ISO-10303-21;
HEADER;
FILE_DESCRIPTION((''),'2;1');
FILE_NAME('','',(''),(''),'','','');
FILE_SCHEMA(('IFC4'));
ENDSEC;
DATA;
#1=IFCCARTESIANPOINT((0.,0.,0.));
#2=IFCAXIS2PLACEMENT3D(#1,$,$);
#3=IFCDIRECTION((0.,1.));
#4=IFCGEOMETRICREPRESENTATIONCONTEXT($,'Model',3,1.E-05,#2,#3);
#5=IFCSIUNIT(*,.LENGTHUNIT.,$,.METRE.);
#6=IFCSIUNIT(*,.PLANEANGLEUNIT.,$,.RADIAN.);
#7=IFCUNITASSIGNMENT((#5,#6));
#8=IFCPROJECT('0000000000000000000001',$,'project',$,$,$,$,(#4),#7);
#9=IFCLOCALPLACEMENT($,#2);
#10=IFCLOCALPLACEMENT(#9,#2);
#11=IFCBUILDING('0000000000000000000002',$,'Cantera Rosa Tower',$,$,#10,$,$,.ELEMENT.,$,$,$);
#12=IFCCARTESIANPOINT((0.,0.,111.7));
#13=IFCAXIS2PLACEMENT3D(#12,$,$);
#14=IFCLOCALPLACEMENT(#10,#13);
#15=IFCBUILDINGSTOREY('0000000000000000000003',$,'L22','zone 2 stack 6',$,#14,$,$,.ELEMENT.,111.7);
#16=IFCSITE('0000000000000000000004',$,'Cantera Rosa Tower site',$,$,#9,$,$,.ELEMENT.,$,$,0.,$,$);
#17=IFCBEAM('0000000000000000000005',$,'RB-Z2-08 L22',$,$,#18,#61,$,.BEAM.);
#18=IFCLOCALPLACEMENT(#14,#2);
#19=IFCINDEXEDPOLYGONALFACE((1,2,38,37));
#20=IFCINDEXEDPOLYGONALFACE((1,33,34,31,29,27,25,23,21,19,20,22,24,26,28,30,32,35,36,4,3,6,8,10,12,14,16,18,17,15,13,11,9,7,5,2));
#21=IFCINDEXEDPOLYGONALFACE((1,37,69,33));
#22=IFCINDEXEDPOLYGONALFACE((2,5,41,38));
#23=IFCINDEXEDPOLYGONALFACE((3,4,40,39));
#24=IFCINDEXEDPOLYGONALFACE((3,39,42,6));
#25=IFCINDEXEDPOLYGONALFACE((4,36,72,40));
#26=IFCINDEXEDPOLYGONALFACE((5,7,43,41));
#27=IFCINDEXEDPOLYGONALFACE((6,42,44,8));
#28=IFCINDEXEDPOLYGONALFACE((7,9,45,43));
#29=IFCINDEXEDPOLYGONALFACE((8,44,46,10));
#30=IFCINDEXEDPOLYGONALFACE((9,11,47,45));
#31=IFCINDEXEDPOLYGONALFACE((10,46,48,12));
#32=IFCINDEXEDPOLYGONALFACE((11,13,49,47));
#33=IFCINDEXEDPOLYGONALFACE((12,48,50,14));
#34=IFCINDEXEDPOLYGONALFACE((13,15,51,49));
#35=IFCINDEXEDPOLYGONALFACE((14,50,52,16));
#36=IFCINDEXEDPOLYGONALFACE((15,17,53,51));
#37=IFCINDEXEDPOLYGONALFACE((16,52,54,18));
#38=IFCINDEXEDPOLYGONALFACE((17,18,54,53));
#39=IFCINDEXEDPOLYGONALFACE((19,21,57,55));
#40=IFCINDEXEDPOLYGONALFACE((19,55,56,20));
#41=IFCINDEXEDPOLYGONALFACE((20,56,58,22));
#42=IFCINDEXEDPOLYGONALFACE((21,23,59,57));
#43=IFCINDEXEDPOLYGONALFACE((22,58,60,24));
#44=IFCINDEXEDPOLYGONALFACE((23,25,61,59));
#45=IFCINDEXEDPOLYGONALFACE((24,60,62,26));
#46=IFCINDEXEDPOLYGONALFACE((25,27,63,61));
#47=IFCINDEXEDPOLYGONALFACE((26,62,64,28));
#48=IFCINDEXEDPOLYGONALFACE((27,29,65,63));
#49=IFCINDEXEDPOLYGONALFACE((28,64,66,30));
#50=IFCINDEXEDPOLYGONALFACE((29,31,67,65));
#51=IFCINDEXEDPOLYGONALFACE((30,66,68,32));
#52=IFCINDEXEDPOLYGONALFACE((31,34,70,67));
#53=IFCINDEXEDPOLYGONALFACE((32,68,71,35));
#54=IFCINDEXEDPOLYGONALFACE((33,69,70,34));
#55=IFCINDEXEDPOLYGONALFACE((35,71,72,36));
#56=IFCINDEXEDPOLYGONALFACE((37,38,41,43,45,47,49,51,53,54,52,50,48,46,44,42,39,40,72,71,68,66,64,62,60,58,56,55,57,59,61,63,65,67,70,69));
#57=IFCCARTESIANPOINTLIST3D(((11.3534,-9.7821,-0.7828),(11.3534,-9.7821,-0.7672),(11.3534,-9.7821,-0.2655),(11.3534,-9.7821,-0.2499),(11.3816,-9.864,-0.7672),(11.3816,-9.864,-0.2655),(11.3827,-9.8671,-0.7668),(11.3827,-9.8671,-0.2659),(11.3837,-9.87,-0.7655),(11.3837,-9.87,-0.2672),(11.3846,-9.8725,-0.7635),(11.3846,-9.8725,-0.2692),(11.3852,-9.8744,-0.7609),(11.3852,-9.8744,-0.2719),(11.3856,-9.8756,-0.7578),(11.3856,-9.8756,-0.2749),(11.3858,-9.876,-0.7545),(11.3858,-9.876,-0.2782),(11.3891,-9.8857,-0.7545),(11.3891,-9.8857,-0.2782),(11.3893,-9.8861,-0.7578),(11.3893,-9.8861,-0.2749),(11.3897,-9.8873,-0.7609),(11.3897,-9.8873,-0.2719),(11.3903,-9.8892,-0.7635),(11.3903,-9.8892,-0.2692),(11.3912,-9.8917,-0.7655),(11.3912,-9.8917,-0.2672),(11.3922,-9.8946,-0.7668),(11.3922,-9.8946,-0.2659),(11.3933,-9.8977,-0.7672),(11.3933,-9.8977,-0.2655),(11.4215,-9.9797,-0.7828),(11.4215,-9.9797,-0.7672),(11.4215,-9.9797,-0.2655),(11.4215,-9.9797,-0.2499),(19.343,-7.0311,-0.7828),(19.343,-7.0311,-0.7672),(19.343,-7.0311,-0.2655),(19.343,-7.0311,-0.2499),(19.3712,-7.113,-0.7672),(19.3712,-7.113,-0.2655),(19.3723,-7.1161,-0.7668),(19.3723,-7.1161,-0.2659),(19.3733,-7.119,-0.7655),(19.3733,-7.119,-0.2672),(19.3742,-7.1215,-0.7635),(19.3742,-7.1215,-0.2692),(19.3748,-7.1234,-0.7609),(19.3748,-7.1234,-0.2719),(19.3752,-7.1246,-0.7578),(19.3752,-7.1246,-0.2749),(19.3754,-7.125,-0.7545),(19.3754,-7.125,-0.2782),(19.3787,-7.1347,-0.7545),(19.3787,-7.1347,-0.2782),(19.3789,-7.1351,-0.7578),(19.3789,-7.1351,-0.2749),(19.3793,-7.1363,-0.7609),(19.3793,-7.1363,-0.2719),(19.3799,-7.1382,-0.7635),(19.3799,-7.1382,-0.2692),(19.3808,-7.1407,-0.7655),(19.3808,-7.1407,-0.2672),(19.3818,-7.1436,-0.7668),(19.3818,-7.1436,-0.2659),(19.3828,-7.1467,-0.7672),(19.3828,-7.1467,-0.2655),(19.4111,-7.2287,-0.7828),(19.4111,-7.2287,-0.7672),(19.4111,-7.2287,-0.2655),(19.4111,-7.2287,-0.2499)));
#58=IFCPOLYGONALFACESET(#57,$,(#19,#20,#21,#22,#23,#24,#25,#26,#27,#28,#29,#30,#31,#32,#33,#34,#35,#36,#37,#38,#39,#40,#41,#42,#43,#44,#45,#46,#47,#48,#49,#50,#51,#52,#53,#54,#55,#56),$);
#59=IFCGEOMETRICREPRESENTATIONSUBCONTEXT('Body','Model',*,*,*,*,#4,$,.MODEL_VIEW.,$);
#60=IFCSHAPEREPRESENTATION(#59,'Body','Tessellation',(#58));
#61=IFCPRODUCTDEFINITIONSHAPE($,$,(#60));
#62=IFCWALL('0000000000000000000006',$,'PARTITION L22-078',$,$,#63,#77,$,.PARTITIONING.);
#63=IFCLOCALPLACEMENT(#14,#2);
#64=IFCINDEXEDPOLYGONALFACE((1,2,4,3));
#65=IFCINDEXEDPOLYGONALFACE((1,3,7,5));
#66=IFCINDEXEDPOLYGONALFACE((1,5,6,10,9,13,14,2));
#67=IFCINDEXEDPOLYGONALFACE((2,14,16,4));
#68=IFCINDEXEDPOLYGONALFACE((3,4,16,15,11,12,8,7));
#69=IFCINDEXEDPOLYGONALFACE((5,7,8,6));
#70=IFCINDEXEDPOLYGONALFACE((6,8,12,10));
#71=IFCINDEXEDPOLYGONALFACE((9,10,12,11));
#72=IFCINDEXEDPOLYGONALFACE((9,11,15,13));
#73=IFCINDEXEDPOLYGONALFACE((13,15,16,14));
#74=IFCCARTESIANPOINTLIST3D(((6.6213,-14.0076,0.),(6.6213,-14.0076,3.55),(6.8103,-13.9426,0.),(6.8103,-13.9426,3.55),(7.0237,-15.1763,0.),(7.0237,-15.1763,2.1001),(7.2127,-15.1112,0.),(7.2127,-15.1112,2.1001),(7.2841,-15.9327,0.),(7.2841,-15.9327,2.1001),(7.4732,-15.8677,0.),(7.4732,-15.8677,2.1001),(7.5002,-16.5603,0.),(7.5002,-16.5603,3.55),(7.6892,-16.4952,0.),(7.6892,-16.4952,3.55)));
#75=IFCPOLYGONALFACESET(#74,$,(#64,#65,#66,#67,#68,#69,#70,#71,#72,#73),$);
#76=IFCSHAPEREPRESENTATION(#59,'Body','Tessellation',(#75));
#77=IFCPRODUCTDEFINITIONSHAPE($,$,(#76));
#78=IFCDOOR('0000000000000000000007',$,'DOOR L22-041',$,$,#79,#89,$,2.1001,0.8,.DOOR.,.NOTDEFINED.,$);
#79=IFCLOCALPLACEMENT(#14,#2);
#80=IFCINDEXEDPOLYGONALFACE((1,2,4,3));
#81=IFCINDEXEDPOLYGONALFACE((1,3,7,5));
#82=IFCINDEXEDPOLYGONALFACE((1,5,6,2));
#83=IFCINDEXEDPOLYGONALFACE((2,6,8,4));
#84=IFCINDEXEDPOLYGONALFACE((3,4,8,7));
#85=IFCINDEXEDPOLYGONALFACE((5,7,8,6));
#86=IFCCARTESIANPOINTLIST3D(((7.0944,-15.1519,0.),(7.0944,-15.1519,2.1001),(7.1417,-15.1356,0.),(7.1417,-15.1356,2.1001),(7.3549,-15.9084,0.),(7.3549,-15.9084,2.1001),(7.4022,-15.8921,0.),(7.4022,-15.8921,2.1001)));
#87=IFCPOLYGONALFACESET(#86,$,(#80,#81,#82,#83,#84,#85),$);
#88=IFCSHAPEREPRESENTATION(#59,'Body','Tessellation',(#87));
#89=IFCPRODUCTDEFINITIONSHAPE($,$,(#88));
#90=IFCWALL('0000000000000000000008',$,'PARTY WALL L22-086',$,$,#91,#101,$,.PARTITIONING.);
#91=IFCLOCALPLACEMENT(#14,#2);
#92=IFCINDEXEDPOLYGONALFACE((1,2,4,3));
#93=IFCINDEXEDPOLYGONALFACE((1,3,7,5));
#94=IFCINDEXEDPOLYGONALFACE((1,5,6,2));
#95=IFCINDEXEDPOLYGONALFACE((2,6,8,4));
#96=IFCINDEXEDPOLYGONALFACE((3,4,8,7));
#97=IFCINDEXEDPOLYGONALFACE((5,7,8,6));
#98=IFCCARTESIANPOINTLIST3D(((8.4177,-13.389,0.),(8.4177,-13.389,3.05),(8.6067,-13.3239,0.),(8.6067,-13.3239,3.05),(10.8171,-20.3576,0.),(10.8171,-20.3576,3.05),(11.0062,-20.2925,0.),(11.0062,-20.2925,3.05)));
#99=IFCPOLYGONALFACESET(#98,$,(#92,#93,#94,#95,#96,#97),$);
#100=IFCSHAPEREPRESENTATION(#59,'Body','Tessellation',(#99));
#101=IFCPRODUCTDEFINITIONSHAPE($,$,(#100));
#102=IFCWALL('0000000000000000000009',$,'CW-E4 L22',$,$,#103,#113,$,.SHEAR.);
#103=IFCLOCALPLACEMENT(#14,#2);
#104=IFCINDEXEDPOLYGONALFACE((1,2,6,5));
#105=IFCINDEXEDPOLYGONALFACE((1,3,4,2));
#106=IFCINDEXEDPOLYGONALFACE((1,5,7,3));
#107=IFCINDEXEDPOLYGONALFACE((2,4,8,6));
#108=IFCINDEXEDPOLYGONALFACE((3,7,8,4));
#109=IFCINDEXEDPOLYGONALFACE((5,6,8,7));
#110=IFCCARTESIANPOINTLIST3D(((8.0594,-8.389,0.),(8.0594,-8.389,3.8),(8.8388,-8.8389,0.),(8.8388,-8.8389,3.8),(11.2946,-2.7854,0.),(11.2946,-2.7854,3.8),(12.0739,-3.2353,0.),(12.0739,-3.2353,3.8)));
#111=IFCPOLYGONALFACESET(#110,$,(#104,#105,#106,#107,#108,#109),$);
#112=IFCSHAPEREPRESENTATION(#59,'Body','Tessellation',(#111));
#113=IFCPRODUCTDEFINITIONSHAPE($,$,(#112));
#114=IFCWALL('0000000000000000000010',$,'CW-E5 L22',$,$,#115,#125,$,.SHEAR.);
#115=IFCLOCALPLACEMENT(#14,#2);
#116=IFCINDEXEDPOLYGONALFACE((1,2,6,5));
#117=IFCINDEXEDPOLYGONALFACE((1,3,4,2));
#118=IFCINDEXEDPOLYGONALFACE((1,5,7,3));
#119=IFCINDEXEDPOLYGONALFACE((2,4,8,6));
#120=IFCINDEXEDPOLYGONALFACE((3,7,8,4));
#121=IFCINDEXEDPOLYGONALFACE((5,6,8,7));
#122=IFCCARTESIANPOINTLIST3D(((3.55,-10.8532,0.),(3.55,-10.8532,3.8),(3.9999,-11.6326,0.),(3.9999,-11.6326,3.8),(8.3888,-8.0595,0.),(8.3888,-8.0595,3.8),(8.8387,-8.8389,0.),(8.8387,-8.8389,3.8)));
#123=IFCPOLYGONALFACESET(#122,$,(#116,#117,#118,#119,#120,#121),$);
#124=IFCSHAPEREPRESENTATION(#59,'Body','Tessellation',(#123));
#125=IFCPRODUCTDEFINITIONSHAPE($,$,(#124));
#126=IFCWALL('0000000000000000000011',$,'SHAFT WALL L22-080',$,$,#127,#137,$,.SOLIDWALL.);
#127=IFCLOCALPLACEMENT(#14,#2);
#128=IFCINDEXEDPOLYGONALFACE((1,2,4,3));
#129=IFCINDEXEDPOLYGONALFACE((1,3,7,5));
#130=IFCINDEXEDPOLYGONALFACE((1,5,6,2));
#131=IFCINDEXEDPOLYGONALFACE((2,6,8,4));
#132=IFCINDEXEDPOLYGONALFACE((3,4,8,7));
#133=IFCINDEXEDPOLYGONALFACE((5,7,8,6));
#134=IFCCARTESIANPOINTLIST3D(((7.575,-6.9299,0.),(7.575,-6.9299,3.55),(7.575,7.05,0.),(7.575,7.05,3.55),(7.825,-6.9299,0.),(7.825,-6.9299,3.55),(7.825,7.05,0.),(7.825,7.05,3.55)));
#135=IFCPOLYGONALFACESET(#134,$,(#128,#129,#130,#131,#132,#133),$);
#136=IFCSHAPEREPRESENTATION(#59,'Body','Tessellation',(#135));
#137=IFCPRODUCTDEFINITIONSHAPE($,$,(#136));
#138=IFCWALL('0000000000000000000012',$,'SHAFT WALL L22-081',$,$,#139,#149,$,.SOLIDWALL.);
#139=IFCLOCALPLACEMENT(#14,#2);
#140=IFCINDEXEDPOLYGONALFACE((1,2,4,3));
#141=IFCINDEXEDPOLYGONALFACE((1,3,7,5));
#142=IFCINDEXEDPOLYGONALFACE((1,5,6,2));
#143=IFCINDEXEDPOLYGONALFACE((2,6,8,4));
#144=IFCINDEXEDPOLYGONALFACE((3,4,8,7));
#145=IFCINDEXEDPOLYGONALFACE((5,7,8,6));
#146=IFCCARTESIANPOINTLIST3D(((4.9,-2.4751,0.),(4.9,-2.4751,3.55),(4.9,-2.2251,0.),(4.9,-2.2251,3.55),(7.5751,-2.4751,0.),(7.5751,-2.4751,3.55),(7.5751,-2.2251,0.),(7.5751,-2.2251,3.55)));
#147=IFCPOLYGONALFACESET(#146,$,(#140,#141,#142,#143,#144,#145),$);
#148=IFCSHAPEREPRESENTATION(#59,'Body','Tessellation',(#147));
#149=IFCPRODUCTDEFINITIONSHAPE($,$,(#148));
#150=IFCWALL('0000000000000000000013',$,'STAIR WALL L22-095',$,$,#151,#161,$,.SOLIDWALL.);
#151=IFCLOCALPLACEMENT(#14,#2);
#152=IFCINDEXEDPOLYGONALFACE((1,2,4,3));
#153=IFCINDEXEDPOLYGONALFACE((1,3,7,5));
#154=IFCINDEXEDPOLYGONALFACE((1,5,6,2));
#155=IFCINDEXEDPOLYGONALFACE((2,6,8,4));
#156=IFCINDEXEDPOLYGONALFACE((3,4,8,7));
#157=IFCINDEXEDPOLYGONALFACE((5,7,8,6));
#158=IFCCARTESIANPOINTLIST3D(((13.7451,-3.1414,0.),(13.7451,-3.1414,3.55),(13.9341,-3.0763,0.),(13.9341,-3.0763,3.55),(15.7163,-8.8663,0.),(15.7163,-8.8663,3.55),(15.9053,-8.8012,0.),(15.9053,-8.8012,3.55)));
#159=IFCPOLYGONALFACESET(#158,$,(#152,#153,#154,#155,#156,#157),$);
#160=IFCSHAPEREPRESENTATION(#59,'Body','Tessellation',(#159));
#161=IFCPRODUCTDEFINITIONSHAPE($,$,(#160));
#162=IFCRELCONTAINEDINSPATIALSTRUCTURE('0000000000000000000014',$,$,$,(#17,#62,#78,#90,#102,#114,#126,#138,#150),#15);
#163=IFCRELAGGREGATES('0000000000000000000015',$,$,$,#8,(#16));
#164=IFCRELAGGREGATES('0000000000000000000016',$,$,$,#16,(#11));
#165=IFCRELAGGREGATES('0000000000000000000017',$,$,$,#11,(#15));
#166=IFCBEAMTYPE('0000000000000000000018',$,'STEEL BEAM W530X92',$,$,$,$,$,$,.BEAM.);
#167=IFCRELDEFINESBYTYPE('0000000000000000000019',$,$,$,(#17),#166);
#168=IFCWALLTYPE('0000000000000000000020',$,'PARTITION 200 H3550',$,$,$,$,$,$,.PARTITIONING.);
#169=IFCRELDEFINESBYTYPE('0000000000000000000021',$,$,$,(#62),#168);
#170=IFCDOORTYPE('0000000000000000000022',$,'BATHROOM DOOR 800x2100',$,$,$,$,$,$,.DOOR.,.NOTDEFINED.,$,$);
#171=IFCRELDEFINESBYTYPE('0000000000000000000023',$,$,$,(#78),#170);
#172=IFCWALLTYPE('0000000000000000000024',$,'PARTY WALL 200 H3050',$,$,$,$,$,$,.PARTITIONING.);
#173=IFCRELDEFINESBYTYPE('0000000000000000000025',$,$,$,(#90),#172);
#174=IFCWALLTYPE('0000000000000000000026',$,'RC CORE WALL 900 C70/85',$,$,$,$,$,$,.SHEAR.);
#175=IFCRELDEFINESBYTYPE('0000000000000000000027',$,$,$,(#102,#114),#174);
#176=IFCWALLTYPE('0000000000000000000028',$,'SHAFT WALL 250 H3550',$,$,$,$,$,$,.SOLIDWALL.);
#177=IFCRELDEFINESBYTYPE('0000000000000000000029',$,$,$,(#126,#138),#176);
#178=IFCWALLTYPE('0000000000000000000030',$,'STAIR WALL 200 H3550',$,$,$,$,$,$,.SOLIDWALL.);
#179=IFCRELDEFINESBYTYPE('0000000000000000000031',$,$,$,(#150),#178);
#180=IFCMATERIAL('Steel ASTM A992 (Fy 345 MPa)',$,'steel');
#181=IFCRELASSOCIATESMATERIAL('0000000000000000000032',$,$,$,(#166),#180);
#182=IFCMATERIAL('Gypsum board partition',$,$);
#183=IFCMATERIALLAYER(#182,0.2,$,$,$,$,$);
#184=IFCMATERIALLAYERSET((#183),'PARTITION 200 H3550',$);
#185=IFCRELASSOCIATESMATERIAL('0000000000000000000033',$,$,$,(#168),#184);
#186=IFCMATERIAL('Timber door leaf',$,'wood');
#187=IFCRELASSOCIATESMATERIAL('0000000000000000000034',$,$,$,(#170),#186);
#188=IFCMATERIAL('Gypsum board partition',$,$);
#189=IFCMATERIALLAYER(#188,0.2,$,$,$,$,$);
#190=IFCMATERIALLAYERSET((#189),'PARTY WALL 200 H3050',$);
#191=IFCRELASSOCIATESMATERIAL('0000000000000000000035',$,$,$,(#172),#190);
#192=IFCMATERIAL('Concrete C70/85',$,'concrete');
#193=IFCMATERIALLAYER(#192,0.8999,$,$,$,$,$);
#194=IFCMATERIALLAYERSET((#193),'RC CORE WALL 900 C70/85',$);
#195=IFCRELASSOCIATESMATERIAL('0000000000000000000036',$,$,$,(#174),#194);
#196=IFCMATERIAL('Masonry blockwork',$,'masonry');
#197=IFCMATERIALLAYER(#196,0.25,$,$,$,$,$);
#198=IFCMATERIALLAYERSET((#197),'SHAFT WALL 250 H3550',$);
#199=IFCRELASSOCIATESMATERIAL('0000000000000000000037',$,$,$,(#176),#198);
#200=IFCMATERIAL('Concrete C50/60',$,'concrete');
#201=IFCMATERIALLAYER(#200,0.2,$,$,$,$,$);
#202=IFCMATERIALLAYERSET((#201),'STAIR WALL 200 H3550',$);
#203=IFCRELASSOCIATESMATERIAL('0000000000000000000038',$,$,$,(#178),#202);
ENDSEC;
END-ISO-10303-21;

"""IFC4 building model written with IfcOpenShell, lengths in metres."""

from ifc_helpers import new_model, si_unit, direction, frame, frame_2d, origin, origin_2d, place, context, subcontext, project, spatial, rectangle, i_section, extrude, material, layer, layer_set, material_profile, profile_set, type_object, element, fill, save


model = new_model("IFC4")

# Units and contexts
model_context = context("Model", 3, precision=1e-05, world=origin(), true_north=direction((0.0, 1.0)))
body_context = subcontext(model_context, "Body", "Model", "MODEL_VIEW")
ifc_project = project(units=[si_unit("LENGTHUNIT", "METRE"), si_unit("PLANEANGLEUNIT", "RADIAN")], contexts=[model_context])

# Site, building, storey
site_placement = place(None, origin())
site = spatial("IfcSite", under=ifc_project, at=site_placement, Name="Cantera Rosa Tower site", CompositionType="ELEMENT", RefElevation=0.0)
building_placement = place(site_placement, origin())
building = spatial("IfcBuilding", under=site, at=building_placement, Name="Cantera Rosa Tower", CompositionType="ELEMENT")
storey_placement = place(building_placement, frame((0.0, 0.0, 111.7)))
storey = spatial("IfcBuildingStorey", under=building, at=storey_placement, Name="L22", Description="zone 2 stack 6", CompositionType="ELEMENT", Elevation=111.7)

# Beam
ifc_material_1 = material(Name="Steel ASTM A992 (Fy 345 MPa)", Category="steel")
ifc_material_profile = material_profile(ifc_material_1, i_section(OverallWidth=0.209, OverallDepth=0.533, WebThickness=0.0103, FlangeThickness=0.0156, FilletRadius=0.0127, at=origin_2d()), Name="W530X92")
ifc_profile_set = profile_set([ifc_material_profile], Name="Steel ASTM A992 (Fy 345 MPa)")
beam_type = type_object("IfcBeamType", Name="STEEL BEAM W530X92", PredefinedType="BEAM", material=ifc_profile_set)
beam_placement = place(storey_placement, frame((11.3875, -9.8809, -0.5164), z_axis=(0.94552, 0.325565, 0.0), x_axis=(-0.325565, 0.94552, 0.0)))
element("IfcBeam", 1, at=beam_placement, inside=storey, type_object=beam_type, Name="RB-Z2-08 L22", PredefinedType="BEAM", context=body_context, shape_type="SweptSolid", body=[
    extrude(i_section(OverallWidth=0.209, OverallDepth=0.533, WebThickness=0.0103, FlangeThickness=0.0156, FilletRadius=0.0127, at=origin_2d()), origin(), (0.0, 0.0, 1.0), 8.45),
])

# Wall, opening, door
ifc_material_2 = material(Name="Gypsum board partition")
ifc_layer_1 = layer(ifc_material_2, 0.2)
ifc_layer_set_1 = layer_set([ifc_layer_1], Name="PARTITION 200 H3550")
wall_type_1 = type_object("IfcWallType", Name="PARTITION 200 H3550", PredefinedType="PARTITIONING", material=ifc_layer_set_1)
wall_1_placement = place(storey_placement, frame((6.7158, -13.9751, 0.0), z_axis=(0.0, 0.0, 1.0), x_axis=(0.325545, -0.945527, 0.0)))
wall_1 = element("IfcWall", 2, at=wall_1_placement, inside=storey, type_object=wall_type_1, Name="PARTITION L22-078", PredefinedType="PARTITIONING", context=body_context, shape_type="SweptSolid", body=[
    extrude(rectangle(XDim=2.6997, YDim=0.2, at=frame_2d((1.3499, 0.0))), origin(), (0.0, 0.0, 1.0), 3.55),
])
opening_1_placement = place(wall_1_placement, frame((1.2361, 0.0, 0.0)))
opening_1 = element("IfcOpeningElement", 3, at=opening_1_placement, cuts=wall_1, PredefinedType="OPENING", context=body_context, shape_type="SweptSolid", body=[
    extrude(rectangle(XDim=0.8, YDim=2.1001, at=frame_2d((0.3999, 1.05))), frame((0.0, 0.1099, 0.0), z_axis=(0.0, -1.0, 0.0), x_axis=(1.0, 0.0, 0.0)), (0.0, 0.0, 1.0), 0.22),
])
ifc_material_3 = material(Name="Timber door leaf", Category="wood")
door_type_1 = type_object("IfcDoorType", Name="BATHROOM DOOR 800x2100", OperationType="NOTDEFINED", PredefinedType="DOOR", material=ifc_material_3)
door_1_placement = place(opening_1_placement, origin())
door_1 = element("IfcDoor", 4, at=door_1_placement, inside=storey, type_object=door_type_1, Name="DOOR L22-041", OperationType="NOTDEFINED", OverallHeight=2.1001, OverallWidth=0.8, PredefinedType="DOOR", context=body_context, shape_type="SweptSolid", body=[
    extrude(rectangle(XDim=0.8, YDim=2.1001, at=frame_2d((0.3999, 1.05))), frame((0.0, 0.0249, 0.0), z_axis=(0.0, -1.0, 0.0), x_axis=(1.0, 0.0, 0.0)), (0.0, 0.0, 1.0), 0.05),
])
fill(opening_1, door_1)

# Walls
ifc_material_4 = material(Name="Gypsum board partition")
ifc_layer_2 = layer(ifc_material_4, 0.2)
ifc_layer_set_2 = layer_set([ifc_layer_2], Name="PARTY WALL 200 H3050")
wall_type_2 = type_object("IfcWallType", Name="PARTY WALL 200 H3050", PredefinedType="PARTITIONING", material=ifc_layer_set_2)
wall_2_placement = place(storey_placement, frame((8.5122, -13.3564, 0.0), z_axis=(0.0, 0.0, 1.0), x_axis=(0.325564, -0.94552, 0.0)))
element("IfcWall", 5, at=wall_2_placement, inside=storey, type_object=wall_type_2, Name="PARTY WALL L22-086", PredefinedType="PARTITIONING", context=body_context, shape_type="SweptSolid", body=[
    extrude(rectangle(XDim=7.3701, YDim=0.2, at=frame_2d((3.6851, 0.0))), origin(), (0.0, 0.0, 1.0), 3.05),
])
ifc_material_5 = material(Name="Concrete C70/85", Category="concrete")
ifc_layer_3 = layer(ifc_material_5, 0.8999)
ifc_layer_set_3 = layer_set([ifc_layer_3], Name="RC CORE WALL 900 C70/85")
wall_type_3 = type_object("IfcWallType", Name="RC CORE WALL 900 C70/85", PredefinedType="SHEAR", material=ifc_layer_set_3)
wall_3_placement = place(storey_placement, frame((11.6843, -3.0103, 0.0), z_axis=(0.0, 0.0, 1.0), x_axis=(-0.49999, -0.866031, 0.0)))
element("IfcWall", 6, at=wall_3_placement, inside=storey, type_object=wall_type_3, Name="CW-E4 L22", PredefinedType="SHEAR", context=body_context, shape_type="SweptSolid", body=[
    extrude(rectangle(XDim=6.4705, YDim=0.8999, at=frame_2d((3.2354, 0.0))), origin(), (0.0, 0.0, 1.0), 3.8),
])
wall_4_placement = place(storey_placement, frame((8.6138, -8.4492, 0.0), z_axis=(0.0, 0.0, 1.0), x_axis=(-0.866027, -0.499997, 0.0)))
element("IfcWall", 7, at=wall_4_placement, inside=storey, type_object=wall_type_3, Name="CW-E5 L22", PredefinedType="SHEAR", context=body_context, shape_type="SweptSolid", body=[
    extrude(rectangle(XDim=5.5874, YDim=0.8999, at=frame_2d((2.7937, 0.0))), origin(), (0.0, 0.0, 1.0), 3.8),
])
ifc_material_6 = material(Name="Masonry blockwork", Category="masonry")
ifc_layer_4 = layer(ifc_material_6, 0.25)
ifc_layer_set_4 = layer_set([ifc_layer_4], Name="SHAFT WALL 250 H3550")
wall_type_4 = type_object("IfcWallType", Name="SHAFT WALL 250 H3550", PredefinedType="SOLIDWALL", material=ifc_layer_set_4)
wall_5_placement = place(storey_placement, frame((7.7, -6.9299, 0.0), z_axis=(0.0, 0.0, 1.0), x_axis=(0.0, 1.0, 0.0)))
element("IfcWall", 8, at=wall_5_placement, inside=storey, type_object=wall_type_4, Name="SHAFT WALL L22-080", PredefinedType="SOLIDWALL", context=body_context, shape_type="SweptSolid", body=[
    extrude(rectangle(XDim=13.98, YDim=0.25, at=frame_2d((6.99, 0.0))), origin(), (0.0, 0.0, 1.0), 3.55),
])
wall_6_placement = place(storey_placement, frame((7.575, -2.3501, 0.0), z_axis=(0.0, 0.0, 1.0), x_axis=(-1.0, 0.0, 0.0)))
element("IfcWall", 9, at=wall_6_placement, inside=storey, type_object=wall_type_4, Name="SHAFT WALL L22-081", PredefinedType="SOLIDWALL", context=body_context, shape_type="SweptSolid", body=[
    extrude(rectangle(XDim=2.675, YDim=0.25, at=frame_2d((1.3374, 0.0))), origin(), (0.0, 0.0, 1.0), 3.55),
])
ifc_material_7 = material(Name="Concrete C50/60", Category="concrete")
ifc_layer_5 = layer(ifc_material_7, 0.2)
ifc_layer_set_5 = layer_set([ifc_layer_5], Name="STAIR WALL 200 H3550")
wall_type_5 = type_object("IfcWallType", Name="STAIR WALL 200 H3550", PredefinedType="SOLIDWALL", material=ifc_layer_set_5)
wall_7_placement = place(storey_placement, frame((13.8396, -3.1089, 0.0), z_axis=(0.0, 0.0, 1.0), x_axis=(0.325563, -0.94552, 0.0)))
element("IfcWall", 10, at=wall_7_placement, inside=storey, type_object=wall_type_5, Name="STAIR WALL L22-095", PredefinedType="SOLIDWALL", context=body_context, shape_type="SweptSolid", body=[
    extrude(rectangle(XDim=6.0547, YDim=0.2, at=frame_2d((3.0273, 0.0))), origin(), (0.0, 0.0, 1.0), 3.55),
])

save(model, "model.ifc")
